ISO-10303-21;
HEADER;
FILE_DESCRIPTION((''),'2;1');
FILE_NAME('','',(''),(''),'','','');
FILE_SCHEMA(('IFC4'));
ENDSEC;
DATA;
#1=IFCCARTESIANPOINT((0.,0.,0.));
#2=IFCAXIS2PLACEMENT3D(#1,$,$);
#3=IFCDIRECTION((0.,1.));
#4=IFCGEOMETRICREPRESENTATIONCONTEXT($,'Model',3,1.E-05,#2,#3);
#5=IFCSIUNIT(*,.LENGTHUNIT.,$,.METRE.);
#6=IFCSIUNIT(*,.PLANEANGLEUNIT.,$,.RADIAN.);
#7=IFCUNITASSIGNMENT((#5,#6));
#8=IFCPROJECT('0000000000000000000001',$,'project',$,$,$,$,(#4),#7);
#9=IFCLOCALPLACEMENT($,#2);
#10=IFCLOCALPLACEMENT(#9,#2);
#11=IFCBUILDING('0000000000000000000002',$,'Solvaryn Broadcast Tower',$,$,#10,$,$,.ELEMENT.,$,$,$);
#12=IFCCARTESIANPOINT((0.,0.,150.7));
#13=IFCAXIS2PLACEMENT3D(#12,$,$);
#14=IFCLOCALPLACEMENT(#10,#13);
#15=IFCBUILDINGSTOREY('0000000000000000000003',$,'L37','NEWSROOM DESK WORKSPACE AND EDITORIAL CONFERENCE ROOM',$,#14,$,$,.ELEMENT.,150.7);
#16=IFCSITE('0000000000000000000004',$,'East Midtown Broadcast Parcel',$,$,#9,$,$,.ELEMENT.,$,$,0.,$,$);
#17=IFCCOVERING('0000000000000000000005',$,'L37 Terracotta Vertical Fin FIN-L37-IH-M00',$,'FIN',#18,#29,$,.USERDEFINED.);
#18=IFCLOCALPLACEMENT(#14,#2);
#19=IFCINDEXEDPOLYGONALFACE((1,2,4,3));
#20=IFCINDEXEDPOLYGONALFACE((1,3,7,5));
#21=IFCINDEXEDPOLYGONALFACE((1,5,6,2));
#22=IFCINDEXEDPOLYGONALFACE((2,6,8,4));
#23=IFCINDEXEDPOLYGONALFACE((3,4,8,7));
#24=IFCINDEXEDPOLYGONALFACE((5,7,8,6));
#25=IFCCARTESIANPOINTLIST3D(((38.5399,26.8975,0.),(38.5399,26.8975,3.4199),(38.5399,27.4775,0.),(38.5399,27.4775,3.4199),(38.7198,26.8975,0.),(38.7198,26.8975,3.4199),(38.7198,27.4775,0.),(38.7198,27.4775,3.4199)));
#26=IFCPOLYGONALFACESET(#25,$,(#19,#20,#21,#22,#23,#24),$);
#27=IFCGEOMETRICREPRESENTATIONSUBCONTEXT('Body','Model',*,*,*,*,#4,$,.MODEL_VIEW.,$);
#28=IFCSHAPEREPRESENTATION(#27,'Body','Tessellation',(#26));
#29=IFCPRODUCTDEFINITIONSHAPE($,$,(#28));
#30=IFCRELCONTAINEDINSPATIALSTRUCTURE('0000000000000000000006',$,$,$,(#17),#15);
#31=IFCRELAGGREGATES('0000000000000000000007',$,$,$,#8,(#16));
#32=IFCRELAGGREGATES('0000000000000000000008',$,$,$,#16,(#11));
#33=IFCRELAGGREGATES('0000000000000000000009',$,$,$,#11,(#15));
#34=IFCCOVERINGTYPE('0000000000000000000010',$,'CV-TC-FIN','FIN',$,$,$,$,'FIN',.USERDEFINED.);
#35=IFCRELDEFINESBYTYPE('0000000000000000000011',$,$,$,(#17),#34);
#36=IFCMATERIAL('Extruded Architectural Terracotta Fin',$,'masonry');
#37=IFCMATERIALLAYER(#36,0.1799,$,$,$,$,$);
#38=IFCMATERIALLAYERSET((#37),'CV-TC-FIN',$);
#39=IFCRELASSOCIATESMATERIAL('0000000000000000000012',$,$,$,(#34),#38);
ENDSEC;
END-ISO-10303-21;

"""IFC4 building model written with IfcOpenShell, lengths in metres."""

from ifc_helpers import new_model, si_unit, direction, frame, origin, origin_2d, place, context, subcontext, project, spatial, rectangle, extrude, material, layer, layer_set, type_object, element, save


model = new_model("IFC4")

# Units and contexts
model_context = context("Model", 3, precision=1e-05, world=origin(), true_north=direction((0.0, 1.0)))
body_context = subcontext(model_context, "Body", "Model", "MODEL_VIEW")
ifc_project = project(units=[si_unit("LENGTHUNIT", "METRE"), si_unit("PLANEANGLEUNIT", "RADIAN")], contexts=[model_context])

# Site, building, storey
site_placement = place(None, origin())
site = spatial("IfcSite", under=ifc_project, at=site_placement, Name="East Midtown Broadcast Parcel", CompositionType="ELEMENT", RefElevation=0.0)
building_placement = place(site_placement, origin())
building = spatial("IfcBuilding", under=site, at=building_placement, Name="Solvaryn Broadcast Tower", CompositionType="ELEMENT")
storey_placement = place(building_placement, frame((0.0, 0.0, 150.7)))
storey = spatial("IfcBuildingStorey", under=building, at=storey_placement, Name="L37", Description="NEWSROOM DESK WORKSPACE AND EDITORIAL CONFERENCE ROOM", CompositionType="ELEMENT", Elevation=150.7)

# Covering
ifc_material_1 = material(Name="Extruded Architectural Terracotta Fin", Category="masonry")
ifc_layer_1 = layer(ifc_material_1, 0.1799)
ifc_layer_set_1 = layer_set([ifc_layer_1], Name="CV-TC-FIN")
covering_type_1 = type_object("IfcCoveringType", Name="CV-TC-FIN", Description="FIN", ElementType="FIN", PredefinedType="USERDEFINED", material=ifc_layer_set_1)
for number, where, z_axis, x_axis, name in (
    (1, (38.6299, 27.1875, 0.0), (0.0, 0.0, 1.0), (1.0, 0.0, 0.0), "L37 Terracotta Vertical Fin FIN-L37-IH-M00"),
):
    element("IfcCovering", number, at=place(storey_placement, frame(where, z_axis=z_axis, x_axis=x_axis)), inside=storey, type_object=covering_type_1, Name=name, ObjectType="FIN", PredefinedType="USERDEFINED", context=body_context, shape_type="SweptSolid", body=[
        extrude(rectangle(XDim=0.1799, YDim=0.5801, at=origin_2d()), origin(), (0.0, 0.0, 1.0), 3.4199),
    ])

save(model, "model.ifc")
